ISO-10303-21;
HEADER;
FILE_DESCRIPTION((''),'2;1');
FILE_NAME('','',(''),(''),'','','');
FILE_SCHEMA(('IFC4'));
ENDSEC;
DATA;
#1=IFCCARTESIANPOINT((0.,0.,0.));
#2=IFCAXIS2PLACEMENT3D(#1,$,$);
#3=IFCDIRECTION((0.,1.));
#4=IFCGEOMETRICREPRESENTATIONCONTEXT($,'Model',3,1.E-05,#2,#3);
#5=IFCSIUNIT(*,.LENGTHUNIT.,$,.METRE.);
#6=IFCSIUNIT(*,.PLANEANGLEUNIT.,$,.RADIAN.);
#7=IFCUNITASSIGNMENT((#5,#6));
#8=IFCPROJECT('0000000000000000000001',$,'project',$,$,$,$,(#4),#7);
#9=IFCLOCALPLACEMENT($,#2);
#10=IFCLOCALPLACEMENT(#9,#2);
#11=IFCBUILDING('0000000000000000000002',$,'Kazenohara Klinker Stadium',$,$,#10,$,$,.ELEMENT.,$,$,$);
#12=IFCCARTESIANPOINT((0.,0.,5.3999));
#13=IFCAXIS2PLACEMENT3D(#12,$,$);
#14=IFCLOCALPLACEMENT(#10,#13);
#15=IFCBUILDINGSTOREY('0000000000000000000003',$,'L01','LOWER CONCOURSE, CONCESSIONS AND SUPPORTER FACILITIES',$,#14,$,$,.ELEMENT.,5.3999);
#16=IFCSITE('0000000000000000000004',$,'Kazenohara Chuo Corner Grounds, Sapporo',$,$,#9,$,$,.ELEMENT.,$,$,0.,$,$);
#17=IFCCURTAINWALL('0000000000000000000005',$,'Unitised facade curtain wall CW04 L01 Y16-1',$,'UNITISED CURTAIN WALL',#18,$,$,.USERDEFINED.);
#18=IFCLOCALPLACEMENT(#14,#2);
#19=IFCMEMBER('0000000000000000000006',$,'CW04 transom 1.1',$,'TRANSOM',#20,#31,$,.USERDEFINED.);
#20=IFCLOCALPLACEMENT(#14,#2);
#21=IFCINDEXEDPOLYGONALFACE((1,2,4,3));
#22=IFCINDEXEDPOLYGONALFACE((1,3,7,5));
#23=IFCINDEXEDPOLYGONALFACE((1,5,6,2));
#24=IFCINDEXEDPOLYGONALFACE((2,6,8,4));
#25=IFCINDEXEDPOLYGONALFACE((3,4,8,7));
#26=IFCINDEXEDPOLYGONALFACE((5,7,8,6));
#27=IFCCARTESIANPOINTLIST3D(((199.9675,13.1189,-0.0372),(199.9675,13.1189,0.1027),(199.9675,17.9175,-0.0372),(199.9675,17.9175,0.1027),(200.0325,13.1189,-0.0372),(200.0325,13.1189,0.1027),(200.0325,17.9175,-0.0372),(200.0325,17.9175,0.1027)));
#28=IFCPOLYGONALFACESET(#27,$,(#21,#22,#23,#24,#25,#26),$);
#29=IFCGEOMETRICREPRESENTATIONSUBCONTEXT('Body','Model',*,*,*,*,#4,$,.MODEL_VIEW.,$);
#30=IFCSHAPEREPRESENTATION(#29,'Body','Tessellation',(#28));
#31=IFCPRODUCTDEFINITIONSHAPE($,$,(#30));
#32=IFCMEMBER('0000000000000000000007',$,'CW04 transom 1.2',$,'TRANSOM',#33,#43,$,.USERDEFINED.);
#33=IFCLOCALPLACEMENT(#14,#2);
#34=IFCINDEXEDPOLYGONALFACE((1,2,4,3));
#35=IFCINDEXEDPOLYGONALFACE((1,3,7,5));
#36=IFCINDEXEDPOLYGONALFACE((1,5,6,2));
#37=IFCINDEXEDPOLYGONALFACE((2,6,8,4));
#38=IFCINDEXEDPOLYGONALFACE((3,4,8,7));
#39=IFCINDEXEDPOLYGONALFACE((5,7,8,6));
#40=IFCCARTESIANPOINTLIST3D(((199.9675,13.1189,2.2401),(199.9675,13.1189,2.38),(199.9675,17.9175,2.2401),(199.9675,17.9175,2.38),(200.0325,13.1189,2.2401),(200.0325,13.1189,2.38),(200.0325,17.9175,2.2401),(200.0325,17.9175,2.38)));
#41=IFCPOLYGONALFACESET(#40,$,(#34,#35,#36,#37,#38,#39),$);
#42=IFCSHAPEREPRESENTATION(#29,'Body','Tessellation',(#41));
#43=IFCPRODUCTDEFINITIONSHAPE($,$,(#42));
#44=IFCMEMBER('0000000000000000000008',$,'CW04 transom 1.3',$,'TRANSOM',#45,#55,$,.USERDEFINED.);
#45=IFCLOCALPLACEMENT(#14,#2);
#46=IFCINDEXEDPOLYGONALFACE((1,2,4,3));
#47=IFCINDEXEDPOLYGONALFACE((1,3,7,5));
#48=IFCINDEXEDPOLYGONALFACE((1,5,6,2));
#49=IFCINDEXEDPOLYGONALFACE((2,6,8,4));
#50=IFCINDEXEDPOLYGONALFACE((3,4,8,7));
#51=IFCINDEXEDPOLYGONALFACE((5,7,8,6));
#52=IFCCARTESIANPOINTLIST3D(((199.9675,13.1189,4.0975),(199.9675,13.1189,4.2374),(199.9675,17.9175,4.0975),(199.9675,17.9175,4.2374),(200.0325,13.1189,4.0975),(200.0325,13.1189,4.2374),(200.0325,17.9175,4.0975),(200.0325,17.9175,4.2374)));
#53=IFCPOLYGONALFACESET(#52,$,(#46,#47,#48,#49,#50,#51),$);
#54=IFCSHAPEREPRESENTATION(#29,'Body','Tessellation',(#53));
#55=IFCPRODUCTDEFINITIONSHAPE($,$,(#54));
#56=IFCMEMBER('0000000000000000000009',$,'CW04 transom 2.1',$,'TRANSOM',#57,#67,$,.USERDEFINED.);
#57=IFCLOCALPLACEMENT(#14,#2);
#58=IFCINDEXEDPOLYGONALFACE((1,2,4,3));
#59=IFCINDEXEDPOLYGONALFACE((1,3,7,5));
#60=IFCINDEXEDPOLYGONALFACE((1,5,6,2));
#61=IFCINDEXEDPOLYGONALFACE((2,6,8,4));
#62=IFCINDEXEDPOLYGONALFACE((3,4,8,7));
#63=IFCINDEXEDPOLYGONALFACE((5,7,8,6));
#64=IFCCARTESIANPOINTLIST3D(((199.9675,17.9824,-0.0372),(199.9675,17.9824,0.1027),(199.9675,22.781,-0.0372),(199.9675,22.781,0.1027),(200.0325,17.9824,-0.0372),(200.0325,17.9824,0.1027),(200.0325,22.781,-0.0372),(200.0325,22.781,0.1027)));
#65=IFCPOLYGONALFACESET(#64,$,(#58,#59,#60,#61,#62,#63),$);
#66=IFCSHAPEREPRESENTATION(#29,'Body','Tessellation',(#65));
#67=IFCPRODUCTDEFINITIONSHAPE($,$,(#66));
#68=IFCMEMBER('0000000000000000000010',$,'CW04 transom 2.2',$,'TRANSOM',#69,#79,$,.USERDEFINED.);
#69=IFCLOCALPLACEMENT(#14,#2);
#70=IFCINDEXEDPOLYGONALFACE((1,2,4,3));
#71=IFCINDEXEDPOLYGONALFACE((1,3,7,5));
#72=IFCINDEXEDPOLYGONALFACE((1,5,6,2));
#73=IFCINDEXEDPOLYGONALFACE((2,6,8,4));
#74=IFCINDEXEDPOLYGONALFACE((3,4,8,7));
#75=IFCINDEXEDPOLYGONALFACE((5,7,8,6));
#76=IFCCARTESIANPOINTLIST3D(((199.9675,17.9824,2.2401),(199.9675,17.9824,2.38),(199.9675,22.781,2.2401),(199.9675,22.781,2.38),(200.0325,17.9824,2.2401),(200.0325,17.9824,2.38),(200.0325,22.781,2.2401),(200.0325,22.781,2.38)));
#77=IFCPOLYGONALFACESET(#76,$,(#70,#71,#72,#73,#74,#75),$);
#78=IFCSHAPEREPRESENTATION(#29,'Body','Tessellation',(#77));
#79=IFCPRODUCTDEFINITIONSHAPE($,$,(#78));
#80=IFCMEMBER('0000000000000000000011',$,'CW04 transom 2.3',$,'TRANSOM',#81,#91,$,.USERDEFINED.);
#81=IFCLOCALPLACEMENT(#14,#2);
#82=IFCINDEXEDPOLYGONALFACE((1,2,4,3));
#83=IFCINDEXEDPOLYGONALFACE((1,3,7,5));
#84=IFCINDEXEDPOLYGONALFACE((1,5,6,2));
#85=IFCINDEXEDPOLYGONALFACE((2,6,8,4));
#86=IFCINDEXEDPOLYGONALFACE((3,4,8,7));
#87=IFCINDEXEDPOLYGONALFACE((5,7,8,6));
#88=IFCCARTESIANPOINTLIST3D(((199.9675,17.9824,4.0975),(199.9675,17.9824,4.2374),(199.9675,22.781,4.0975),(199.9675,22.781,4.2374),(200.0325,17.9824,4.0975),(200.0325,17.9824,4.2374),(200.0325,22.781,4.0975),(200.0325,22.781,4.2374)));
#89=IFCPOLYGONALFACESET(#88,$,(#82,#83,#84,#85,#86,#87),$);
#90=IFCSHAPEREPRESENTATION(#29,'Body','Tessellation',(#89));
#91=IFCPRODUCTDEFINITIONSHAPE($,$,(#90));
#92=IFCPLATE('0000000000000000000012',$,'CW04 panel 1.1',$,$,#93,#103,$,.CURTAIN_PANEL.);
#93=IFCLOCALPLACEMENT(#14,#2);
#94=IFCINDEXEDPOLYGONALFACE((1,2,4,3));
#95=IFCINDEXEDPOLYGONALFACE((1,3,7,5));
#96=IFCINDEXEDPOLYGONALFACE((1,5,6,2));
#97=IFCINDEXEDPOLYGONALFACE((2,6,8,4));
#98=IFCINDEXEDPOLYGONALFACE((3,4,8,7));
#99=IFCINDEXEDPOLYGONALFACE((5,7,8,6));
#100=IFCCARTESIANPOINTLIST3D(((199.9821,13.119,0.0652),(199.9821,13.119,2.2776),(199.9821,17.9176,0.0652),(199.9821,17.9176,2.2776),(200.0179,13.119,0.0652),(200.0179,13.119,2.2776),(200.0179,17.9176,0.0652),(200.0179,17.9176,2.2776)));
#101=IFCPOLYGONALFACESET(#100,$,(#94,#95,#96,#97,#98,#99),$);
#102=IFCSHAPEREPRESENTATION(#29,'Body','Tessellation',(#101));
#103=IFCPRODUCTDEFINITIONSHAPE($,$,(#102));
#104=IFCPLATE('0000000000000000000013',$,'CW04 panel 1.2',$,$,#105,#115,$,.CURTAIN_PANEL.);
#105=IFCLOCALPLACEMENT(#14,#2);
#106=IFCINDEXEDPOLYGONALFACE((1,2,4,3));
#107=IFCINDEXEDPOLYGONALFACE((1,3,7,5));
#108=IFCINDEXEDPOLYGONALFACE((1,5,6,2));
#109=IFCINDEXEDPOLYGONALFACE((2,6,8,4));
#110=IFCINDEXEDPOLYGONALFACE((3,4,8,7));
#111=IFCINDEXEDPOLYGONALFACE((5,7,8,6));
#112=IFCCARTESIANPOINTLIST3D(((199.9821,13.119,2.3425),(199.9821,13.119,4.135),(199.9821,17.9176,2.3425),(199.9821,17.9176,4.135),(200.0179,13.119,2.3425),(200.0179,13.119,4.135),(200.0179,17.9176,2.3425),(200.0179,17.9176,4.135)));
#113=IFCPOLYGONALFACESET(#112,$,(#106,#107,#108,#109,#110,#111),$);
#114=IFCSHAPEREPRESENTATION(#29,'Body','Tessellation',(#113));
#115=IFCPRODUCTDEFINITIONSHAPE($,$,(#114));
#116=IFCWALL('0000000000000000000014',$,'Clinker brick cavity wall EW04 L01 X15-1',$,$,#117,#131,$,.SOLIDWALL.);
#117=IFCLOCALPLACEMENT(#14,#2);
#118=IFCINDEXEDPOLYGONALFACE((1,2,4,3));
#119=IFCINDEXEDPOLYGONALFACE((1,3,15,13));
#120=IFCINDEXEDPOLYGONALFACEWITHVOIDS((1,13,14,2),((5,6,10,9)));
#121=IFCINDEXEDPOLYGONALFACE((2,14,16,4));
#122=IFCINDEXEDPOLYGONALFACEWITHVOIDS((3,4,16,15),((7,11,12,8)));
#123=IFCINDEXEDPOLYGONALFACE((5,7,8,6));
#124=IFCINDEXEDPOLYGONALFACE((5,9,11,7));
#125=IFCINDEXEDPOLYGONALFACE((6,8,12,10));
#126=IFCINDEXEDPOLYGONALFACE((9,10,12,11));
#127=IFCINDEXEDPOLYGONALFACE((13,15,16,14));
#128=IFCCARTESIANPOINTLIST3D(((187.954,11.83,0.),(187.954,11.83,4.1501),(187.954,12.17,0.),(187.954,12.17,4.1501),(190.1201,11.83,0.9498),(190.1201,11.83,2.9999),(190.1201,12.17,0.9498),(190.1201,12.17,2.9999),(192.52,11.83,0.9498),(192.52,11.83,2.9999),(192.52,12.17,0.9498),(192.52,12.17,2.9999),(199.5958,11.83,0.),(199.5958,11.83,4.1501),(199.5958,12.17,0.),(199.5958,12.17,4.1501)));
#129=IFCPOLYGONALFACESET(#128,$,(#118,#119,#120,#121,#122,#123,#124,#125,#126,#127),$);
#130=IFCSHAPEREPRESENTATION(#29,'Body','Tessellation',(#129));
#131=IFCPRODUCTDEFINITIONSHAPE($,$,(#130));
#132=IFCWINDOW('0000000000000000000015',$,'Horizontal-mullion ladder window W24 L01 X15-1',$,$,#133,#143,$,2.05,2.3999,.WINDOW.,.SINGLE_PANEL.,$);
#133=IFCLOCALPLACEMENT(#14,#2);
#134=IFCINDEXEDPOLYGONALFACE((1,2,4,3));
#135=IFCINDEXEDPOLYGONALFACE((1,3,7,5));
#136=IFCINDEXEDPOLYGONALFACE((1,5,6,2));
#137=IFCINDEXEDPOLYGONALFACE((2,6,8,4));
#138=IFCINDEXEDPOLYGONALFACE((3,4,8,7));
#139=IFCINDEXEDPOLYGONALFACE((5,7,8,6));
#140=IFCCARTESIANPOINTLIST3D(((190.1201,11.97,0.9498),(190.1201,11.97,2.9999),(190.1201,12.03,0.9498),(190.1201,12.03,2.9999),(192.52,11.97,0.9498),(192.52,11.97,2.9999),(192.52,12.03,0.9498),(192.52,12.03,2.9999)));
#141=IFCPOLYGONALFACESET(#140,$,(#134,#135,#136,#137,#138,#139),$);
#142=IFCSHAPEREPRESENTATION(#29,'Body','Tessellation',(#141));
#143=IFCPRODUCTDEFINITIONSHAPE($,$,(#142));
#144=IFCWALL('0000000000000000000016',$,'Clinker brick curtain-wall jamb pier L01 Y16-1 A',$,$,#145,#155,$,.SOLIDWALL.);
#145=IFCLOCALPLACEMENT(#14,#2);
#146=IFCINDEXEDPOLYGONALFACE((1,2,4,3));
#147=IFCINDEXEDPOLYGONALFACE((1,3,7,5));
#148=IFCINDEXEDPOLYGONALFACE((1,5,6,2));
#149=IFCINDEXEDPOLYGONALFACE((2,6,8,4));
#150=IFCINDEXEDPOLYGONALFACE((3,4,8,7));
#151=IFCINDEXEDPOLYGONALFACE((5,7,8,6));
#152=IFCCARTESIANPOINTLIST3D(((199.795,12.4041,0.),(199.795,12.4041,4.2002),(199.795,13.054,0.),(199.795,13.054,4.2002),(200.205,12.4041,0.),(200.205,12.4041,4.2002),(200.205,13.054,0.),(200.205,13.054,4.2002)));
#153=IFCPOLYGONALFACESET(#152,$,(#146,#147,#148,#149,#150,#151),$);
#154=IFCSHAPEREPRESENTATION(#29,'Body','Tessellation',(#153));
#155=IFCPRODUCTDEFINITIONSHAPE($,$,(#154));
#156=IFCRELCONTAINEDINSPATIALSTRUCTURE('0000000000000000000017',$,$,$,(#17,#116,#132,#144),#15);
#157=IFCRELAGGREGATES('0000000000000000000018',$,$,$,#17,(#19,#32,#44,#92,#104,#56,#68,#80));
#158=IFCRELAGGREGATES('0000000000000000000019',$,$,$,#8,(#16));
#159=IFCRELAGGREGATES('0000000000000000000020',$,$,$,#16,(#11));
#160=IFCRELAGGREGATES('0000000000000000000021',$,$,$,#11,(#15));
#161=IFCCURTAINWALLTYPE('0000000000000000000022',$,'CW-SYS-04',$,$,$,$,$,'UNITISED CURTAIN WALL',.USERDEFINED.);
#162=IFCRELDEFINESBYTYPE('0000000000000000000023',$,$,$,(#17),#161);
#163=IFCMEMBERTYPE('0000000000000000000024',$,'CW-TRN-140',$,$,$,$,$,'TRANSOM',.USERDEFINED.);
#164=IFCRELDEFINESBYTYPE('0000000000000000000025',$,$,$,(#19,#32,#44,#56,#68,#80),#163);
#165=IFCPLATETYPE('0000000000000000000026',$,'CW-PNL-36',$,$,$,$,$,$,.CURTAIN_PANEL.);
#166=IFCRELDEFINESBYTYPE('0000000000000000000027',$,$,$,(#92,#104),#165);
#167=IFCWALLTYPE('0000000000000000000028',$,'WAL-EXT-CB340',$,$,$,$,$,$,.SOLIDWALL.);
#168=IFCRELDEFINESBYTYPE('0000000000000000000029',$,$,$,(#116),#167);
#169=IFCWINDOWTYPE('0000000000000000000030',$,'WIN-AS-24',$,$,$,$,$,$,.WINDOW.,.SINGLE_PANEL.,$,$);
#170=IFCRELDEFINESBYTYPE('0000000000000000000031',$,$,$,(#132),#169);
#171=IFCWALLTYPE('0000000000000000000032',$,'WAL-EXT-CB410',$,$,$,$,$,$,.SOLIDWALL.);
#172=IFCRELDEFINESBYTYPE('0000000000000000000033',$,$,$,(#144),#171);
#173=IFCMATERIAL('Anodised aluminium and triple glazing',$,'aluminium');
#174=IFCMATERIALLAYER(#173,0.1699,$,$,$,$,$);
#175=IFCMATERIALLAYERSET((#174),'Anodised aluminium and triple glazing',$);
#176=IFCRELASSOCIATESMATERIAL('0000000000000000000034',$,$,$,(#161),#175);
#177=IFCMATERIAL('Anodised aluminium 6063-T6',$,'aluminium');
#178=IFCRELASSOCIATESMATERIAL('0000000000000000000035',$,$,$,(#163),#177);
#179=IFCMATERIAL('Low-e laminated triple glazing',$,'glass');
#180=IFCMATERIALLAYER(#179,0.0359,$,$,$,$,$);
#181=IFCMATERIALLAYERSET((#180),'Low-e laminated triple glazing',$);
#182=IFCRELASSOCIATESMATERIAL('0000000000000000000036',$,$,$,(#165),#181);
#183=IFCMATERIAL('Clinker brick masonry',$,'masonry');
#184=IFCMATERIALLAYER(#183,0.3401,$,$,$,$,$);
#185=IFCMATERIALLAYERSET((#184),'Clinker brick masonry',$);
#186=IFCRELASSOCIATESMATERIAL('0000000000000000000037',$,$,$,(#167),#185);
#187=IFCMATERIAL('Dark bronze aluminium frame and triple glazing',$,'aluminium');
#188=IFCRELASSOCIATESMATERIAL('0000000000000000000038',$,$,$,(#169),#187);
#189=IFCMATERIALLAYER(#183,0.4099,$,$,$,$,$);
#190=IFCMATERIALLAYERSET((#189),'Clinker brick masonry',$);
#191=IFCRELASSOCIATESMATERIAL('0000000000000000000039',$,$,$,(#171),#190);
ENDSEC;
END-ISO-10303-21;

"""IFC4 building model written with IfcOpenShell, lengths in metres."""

from ifc_helpers import new_model, si_unit, direction, frame, frame_2d, origin, origin_2d, place, context, subcontext, project, spatial, rectangle, extrude, material, layer, layer_set, material_profile, profile_set, type_object, element, fill, aggregate, save


model = new_model("IFC4")

# Units and contexts
model_context = context("Model", 3, precision=1e-05, world=origin(), true_north=direction((0.0, 1.0)))
body_context = subcontext(model_context, "Body", "Model", "MODEL_VIEW")
ifc_project = project(units=[si_unit("LENGTHUNIT", "METRE"), si_unit("PLANEANGLEUNIT", "RADIAN")], contexts=[model_context])

# Site, building, storey
site_placement = place(None, origin())
site = spatial("IfcSite", under=ifc_project, at=site_placement, Name="Kazenohara Chuo Corner Grounds, Sapporo", CompositionType="ELEMENT", RefElevation=0.0)
building_placement = place(site_placement, origin())
building = spatial("IfcBuilding", under=site, at=building_placement, Name="Kazenohara Klinker Stadium", CompositionType="ELEMENT")
storey_placement = place(building_placement, frame((0.0, 0.0, 5.3999)))
storey = spatial("IfcBuildingStorey", under=building, at=storey_placement, Name="L01", Description="LOWER CONCOURSE, CONCESSIONS AND SUPPORTER FACILITIES", CompositionType="ELEMENT", Elevation=5.3999)

# Curtain wall, members, plates
ifc_material_1 = material(Name="Anodised aluminium and triple glazing", Category="aluminium")
ifc_layer_1 = layer(ifc_material_1, 0.1699)
ifc_layer_set_1 = layer_set([ifc_layer_1], Name="Anodised aluminium and triple glazing")
curtain_wall_type = type_object("IfcCurtainWallType", Name="CW-SYS-04", ElementType="UNITISED CURTAIN WALL", PredefinedType="USERDEFINED", material=ifc_layer_set_1)
curtain_wall_placement = place(storey_placement, origin())
curtain_wall = element("IfcCurtainWall", 1, at=curtain_wall_placement, inside=storey, type_object=curtain_wall_type, Name="Unitised facade curtain wall CW04 L01 Y16-1", ObjectType="UNITISED CURTAIN WALL", PredefinedType="USERDEFINED")
ifc_material_2 = material(Name="Anodised aluminium 6063-T6", Category="aluminium")
ifc_material_profile_1 = material_profile(ifc_material_2, rectangle(XDim=0.0649, YDim=0.1399, at=origin_2d()), Name="ALU-TRN-65x140")
ifc_profile_set_1 = profile_set([ifc_material_profile_1], Name="Anodised aluminium 6063-T6")
member_type_1 = type_object("IfcMemberType", Name="CW-TRN-140", ElementType="TRANSOM", PredefinedType="USERDEFINED", material=ifc_profile_set_1)
member_1_placement = place(storey_placement, frame((200.0, 13.1189, 0.0327), z_axis=(0.0, 1.0, 0.0), x_axis=(-1.0, 0.0, 0.0)))
member_1 = element("IfcMember", 2, at=member_1_placement, type_object=member_type_1, Name="CW04 transom 1.1", ObjectType="TRANSOM", PredefinedType="USERDEFINED", context=body_context, shape_type="SweptSolid", body=[
    extrude(rectangle(XDim=0.0649, YDim=0.1399, at=origin_2d()), origin(), (0.0, 0.0, 1.0), 4.7986),
])
member_2_placement = place(storey_placement, frame((200.0, 13.1189, 2.3101), z_axis=(0.0, 1.0, 0.0), x_axis=(-1.0, 0.0, 0.0)))
member_2 = element("IfcMember", 3, at=member_2_placement, type_object=member_type_1, Name="CW04 transom 1.2", ObjectType="TRANSOM", PredefinedType="USERDEFINED", context=body_context, shape_type="SweptSolid", body=[
    extrude(rectangle(XDim=0.0649, YDim=0.1399, at=origin_2d()), origin(), (0.0, 0.0, 1.0), 4.7986),
])
member_3_placement = place(storey_placement, frame((200.0, 13.1189, 4.1675), z_axis=(0.0, 1.0, 0.0), x_axis=(-1.0, 0.0, 0.0)))
member_3 = element("IfcMember", 4, at=member_3_placement, type_object=member_type_1, Name="CW04 transom 1.3", ObjectType="TRANSOM", PredefinedType="USERDEFINED", context=body_context, shape_type="SweptSolid", body=[
    extrude(rectangle(XDim=0.0649, YDim=0.1399, at=origin_2d()), origin(), (0.0, 0.0, 1.0), 4.7986),
])
member_4_placement = place(storey_placement, frame((200.0, 17.9824, 0.0327), z_axis=(0.0, 1.0, 0.0), x_axis=(-1.0, 0.0, 0.0)))
member_4 = element("IfcMember", 5, at=member_4_placement, type_object=member_type_1, Name="CW04 transom 2.1", ObjectType="TRANSOM", PredefinedType="USERDEFINED", context=body_context, shape_type="SweptSolid", body=[
    extrude(rectangle(XDim=0.0649, YDim=0.1399, at=origin_2d()), origin(), (0.0, 0.0, 1.0), 4.7986),
])
member_5_placement = place(storey_placement, frame((200.0, 17.9824, 2.3101), z_axis=(0.0, 1.0, 0.0), x_axis=(-1.0, 0.0, 0.0)))
member_5 = element("IfcMember", 6, at=member_5_placement, type_object=member_type_1, Name="CW04 transom 2.2", ObjectType="TRANSOM", PredefinedType="USERDEFINED", context=body_context, shape_type="SweptSolid", body=[
    extrude(rectangle(XDim=0.0649, YDim=0.1399, at=origin_2d()), origin(), (0.0, 0.0, 1.0), 4.7986),
])
member_6_placement = place(storey_placement, frame((200.0, 17.9824, 4.1675), z_axis=(0.0, 1.0, 0.0), x_axis=(-1.0, 0.0, 0.0)))
member_6 = element("IfcMember", 7, at=member_6_placement, type_object=member_type_1, Name="CW04 transom 2.3", ObjectType="TRANSOM", PredefinedType="USERDEFINED", context=body_context, shape_type="SweptSolid", body=[
    extrude(rectangle(XDim=0.0649, YDim=0.1399, at=origin_2d()), origin(), (0.0, 0.0, 1.0), 4.7986),
])
ifc_material_3 = material(Name="Low-e laminated triple glazing", Category="glass")
ifc_layer_2 = layer(ifc_material_3, 0.0359)
ifc_layer_set_2 = layer_set([ifc_layer_2], Name="Low-e laminated triple glazing")
plate_type = type_object("IfcPlateType", Name="CW-PNL-36", PredefinedType="CURTAIN_PANEL", material=ifc_layer_set_2)
plate_1_placement = place(storey_placement, frame((200.0, 15.5183, 0.0652), z_axis=(0.0, 0.0, 1.0), x_axis=(0.0, 1.0, 0.0)))
plate_1 = element("IfcPlate", 8, at=plate_1_placement, type_object=plate_type, Name="CW04 panel 1.1", PredefinedType="CURTAIN_PANEL", context=body_context, shape_type="SweptSolid", body=[
    extrude(rectangle(XDim=4.7986, YDim=0.0359, at=origin_2d()), origin(), (0.0, 0.0, 1.0), 2.2124),
])
plate_2_placement = place(storey_placement, frame((200.0, 15.5183, 2.3425), z_axis=(0.0, 0.0, 1.0), x_axis=(0.0, 1.0, 0.0)))
plate_2 = element("IfcPlate", 9, at=plate_2_placement, type_object=plate_type, Name="CW04 panel 1.2", PredefinedType="CURTAIN_PANEL", context=body_context, shape_type="SweptSolid", body=[
    extrude(rectangle(XDim=4.7986, YDim=0.0359, at=origin_2d()), origin(), (0.0, 0.0, 1.0), 1.7925),
])
aggregate(curtain_wall, [member_1, member_2, member_3, plate_1, plate_2, member_4, member_5, member_6])

# Wall, opening, window
ifc_material_4 = material(Name="Clinker brick masonry", Category="masonry")
ifc_layer_3 = layer(ifc_material_4, 0.3401)
ifc_layer_set_3 = layer_set([ifc_layer_3], Name="Clinker brick masonry")
wall_type_1 = type_object("IfcWallType", Name="WAL-EXT-CB340", PredefinedType="SOLIDWALL", material=ifc_layer_set_3)
wall_1_placement = place(storey_placement, frame((187.9541, 12.0, 0.0), z_axis=(0.0, 0.0, 1.0), x_axis=(1.0, 0.0, 0.0)))
wall_1 = element("IfcWall", 10, at=wall_1_placement, inside=storey, type_object=wall_type_1, Name="Clinker brick cavity wall EW04 L01 X15-1", PredefinedType="SOLIDWALL", context=body_context, shape_type="SweptSolid", body=[
    extrude(rectangle(XDim=11.6418, YDim=0.3401, at=frame_2d((5.8208, 0.0))), origin(), (0.0, 0.0, 1.0), 4.1501),
])
opening_1_placement = place(wall_1_placement, frame((2.166, 0.0, 0.95)))
opening_1 = element("IfcOpeningElement", 11, at=opening_1_placement, cuts=wall_1, PredefinedType="OPENING", context=body_context, shape_type="SweptSolid", body=[
    extrude(rectangle(XDim=2.3999, YDim=2.05, at=frame_2d((1.2, 1.0249))), frame((0.0, 0.1802, 0.0), z_axis=(0.0, -1.0, 0.0), x_axis=(1.0, 0.0, 0.0)), (0.0, 0.0, 1.0), 0.3601),
])
ifc_material_5 = material(Name="Dark bronze aluminium frame and triple glazing", Category="aluminium")
window_type = type_object("IfcWindowType", Name="WIN-AS-24", PartitioningType="SINGLE_PANEL", PredefinedType="WINDOW", material=ifc_material_5)
window_placement = place(opening_1_placement, origin())
window = element("IfcWindow", 12, at=window_placement, inside=storey, type_object=window_type, Name="Horizontal-mullion ladder window W24 L01 X15-1", OverallHeight=2.05, OverallWidth=2.3999, PartitioningType="SINGLE_PANEL", PredefinedType="WINDOW", context=body_context, shape_type="SweptSolid", body=[
    extrude(rectangle(XDim=2.3999, YDim=2.05, at=frame_2d((1.2, 1.0249))), frame((0.0, 0.03, 0.0), z_axis=(0.0, -1.0, 0.0), x_axis=(1.0, 0.0, 0.0)), (0.0, 0.0, 1.0), 0.0601),
])
fill(opening_1, window)

# Wall
ifc_layer_4 = layer(ifc_material_4, 0.4099)
ifc_layer_set_4 = layer_set([ifc_layer_4], Name="Clinker brick masonry")
wall_type_2 = type_object("IfcWallType", Name="WAL-EXT-CB410", PredefinedType="SOLIDWALL", material=ifc_layer_set_4)
wall_2_placement = place(storey_placement, frame((200.0, 12.4041, 0.0), z_axis=(0.0, 0.0, 1.0), x_axis=(0.0, 1.0, 0.0)))
element("IfcWall", 13, at=wall_2_placement, inside=storey, type_object=wall_type_2, Name="Clinker brick curtain-wall jamb pier L01 Y16-1 A", PredefinedType="SOLIDWALL", context=body_context, shape_type="SweptSolid", body=[
    extrude(rectangle(XDim=0.6499, YDim=0.4099, at=frame_2d((0.325, 0.0))), origin(), (0.0, 0.0, 1.0), 4.2002),
])

save(model, "model.ifc")
